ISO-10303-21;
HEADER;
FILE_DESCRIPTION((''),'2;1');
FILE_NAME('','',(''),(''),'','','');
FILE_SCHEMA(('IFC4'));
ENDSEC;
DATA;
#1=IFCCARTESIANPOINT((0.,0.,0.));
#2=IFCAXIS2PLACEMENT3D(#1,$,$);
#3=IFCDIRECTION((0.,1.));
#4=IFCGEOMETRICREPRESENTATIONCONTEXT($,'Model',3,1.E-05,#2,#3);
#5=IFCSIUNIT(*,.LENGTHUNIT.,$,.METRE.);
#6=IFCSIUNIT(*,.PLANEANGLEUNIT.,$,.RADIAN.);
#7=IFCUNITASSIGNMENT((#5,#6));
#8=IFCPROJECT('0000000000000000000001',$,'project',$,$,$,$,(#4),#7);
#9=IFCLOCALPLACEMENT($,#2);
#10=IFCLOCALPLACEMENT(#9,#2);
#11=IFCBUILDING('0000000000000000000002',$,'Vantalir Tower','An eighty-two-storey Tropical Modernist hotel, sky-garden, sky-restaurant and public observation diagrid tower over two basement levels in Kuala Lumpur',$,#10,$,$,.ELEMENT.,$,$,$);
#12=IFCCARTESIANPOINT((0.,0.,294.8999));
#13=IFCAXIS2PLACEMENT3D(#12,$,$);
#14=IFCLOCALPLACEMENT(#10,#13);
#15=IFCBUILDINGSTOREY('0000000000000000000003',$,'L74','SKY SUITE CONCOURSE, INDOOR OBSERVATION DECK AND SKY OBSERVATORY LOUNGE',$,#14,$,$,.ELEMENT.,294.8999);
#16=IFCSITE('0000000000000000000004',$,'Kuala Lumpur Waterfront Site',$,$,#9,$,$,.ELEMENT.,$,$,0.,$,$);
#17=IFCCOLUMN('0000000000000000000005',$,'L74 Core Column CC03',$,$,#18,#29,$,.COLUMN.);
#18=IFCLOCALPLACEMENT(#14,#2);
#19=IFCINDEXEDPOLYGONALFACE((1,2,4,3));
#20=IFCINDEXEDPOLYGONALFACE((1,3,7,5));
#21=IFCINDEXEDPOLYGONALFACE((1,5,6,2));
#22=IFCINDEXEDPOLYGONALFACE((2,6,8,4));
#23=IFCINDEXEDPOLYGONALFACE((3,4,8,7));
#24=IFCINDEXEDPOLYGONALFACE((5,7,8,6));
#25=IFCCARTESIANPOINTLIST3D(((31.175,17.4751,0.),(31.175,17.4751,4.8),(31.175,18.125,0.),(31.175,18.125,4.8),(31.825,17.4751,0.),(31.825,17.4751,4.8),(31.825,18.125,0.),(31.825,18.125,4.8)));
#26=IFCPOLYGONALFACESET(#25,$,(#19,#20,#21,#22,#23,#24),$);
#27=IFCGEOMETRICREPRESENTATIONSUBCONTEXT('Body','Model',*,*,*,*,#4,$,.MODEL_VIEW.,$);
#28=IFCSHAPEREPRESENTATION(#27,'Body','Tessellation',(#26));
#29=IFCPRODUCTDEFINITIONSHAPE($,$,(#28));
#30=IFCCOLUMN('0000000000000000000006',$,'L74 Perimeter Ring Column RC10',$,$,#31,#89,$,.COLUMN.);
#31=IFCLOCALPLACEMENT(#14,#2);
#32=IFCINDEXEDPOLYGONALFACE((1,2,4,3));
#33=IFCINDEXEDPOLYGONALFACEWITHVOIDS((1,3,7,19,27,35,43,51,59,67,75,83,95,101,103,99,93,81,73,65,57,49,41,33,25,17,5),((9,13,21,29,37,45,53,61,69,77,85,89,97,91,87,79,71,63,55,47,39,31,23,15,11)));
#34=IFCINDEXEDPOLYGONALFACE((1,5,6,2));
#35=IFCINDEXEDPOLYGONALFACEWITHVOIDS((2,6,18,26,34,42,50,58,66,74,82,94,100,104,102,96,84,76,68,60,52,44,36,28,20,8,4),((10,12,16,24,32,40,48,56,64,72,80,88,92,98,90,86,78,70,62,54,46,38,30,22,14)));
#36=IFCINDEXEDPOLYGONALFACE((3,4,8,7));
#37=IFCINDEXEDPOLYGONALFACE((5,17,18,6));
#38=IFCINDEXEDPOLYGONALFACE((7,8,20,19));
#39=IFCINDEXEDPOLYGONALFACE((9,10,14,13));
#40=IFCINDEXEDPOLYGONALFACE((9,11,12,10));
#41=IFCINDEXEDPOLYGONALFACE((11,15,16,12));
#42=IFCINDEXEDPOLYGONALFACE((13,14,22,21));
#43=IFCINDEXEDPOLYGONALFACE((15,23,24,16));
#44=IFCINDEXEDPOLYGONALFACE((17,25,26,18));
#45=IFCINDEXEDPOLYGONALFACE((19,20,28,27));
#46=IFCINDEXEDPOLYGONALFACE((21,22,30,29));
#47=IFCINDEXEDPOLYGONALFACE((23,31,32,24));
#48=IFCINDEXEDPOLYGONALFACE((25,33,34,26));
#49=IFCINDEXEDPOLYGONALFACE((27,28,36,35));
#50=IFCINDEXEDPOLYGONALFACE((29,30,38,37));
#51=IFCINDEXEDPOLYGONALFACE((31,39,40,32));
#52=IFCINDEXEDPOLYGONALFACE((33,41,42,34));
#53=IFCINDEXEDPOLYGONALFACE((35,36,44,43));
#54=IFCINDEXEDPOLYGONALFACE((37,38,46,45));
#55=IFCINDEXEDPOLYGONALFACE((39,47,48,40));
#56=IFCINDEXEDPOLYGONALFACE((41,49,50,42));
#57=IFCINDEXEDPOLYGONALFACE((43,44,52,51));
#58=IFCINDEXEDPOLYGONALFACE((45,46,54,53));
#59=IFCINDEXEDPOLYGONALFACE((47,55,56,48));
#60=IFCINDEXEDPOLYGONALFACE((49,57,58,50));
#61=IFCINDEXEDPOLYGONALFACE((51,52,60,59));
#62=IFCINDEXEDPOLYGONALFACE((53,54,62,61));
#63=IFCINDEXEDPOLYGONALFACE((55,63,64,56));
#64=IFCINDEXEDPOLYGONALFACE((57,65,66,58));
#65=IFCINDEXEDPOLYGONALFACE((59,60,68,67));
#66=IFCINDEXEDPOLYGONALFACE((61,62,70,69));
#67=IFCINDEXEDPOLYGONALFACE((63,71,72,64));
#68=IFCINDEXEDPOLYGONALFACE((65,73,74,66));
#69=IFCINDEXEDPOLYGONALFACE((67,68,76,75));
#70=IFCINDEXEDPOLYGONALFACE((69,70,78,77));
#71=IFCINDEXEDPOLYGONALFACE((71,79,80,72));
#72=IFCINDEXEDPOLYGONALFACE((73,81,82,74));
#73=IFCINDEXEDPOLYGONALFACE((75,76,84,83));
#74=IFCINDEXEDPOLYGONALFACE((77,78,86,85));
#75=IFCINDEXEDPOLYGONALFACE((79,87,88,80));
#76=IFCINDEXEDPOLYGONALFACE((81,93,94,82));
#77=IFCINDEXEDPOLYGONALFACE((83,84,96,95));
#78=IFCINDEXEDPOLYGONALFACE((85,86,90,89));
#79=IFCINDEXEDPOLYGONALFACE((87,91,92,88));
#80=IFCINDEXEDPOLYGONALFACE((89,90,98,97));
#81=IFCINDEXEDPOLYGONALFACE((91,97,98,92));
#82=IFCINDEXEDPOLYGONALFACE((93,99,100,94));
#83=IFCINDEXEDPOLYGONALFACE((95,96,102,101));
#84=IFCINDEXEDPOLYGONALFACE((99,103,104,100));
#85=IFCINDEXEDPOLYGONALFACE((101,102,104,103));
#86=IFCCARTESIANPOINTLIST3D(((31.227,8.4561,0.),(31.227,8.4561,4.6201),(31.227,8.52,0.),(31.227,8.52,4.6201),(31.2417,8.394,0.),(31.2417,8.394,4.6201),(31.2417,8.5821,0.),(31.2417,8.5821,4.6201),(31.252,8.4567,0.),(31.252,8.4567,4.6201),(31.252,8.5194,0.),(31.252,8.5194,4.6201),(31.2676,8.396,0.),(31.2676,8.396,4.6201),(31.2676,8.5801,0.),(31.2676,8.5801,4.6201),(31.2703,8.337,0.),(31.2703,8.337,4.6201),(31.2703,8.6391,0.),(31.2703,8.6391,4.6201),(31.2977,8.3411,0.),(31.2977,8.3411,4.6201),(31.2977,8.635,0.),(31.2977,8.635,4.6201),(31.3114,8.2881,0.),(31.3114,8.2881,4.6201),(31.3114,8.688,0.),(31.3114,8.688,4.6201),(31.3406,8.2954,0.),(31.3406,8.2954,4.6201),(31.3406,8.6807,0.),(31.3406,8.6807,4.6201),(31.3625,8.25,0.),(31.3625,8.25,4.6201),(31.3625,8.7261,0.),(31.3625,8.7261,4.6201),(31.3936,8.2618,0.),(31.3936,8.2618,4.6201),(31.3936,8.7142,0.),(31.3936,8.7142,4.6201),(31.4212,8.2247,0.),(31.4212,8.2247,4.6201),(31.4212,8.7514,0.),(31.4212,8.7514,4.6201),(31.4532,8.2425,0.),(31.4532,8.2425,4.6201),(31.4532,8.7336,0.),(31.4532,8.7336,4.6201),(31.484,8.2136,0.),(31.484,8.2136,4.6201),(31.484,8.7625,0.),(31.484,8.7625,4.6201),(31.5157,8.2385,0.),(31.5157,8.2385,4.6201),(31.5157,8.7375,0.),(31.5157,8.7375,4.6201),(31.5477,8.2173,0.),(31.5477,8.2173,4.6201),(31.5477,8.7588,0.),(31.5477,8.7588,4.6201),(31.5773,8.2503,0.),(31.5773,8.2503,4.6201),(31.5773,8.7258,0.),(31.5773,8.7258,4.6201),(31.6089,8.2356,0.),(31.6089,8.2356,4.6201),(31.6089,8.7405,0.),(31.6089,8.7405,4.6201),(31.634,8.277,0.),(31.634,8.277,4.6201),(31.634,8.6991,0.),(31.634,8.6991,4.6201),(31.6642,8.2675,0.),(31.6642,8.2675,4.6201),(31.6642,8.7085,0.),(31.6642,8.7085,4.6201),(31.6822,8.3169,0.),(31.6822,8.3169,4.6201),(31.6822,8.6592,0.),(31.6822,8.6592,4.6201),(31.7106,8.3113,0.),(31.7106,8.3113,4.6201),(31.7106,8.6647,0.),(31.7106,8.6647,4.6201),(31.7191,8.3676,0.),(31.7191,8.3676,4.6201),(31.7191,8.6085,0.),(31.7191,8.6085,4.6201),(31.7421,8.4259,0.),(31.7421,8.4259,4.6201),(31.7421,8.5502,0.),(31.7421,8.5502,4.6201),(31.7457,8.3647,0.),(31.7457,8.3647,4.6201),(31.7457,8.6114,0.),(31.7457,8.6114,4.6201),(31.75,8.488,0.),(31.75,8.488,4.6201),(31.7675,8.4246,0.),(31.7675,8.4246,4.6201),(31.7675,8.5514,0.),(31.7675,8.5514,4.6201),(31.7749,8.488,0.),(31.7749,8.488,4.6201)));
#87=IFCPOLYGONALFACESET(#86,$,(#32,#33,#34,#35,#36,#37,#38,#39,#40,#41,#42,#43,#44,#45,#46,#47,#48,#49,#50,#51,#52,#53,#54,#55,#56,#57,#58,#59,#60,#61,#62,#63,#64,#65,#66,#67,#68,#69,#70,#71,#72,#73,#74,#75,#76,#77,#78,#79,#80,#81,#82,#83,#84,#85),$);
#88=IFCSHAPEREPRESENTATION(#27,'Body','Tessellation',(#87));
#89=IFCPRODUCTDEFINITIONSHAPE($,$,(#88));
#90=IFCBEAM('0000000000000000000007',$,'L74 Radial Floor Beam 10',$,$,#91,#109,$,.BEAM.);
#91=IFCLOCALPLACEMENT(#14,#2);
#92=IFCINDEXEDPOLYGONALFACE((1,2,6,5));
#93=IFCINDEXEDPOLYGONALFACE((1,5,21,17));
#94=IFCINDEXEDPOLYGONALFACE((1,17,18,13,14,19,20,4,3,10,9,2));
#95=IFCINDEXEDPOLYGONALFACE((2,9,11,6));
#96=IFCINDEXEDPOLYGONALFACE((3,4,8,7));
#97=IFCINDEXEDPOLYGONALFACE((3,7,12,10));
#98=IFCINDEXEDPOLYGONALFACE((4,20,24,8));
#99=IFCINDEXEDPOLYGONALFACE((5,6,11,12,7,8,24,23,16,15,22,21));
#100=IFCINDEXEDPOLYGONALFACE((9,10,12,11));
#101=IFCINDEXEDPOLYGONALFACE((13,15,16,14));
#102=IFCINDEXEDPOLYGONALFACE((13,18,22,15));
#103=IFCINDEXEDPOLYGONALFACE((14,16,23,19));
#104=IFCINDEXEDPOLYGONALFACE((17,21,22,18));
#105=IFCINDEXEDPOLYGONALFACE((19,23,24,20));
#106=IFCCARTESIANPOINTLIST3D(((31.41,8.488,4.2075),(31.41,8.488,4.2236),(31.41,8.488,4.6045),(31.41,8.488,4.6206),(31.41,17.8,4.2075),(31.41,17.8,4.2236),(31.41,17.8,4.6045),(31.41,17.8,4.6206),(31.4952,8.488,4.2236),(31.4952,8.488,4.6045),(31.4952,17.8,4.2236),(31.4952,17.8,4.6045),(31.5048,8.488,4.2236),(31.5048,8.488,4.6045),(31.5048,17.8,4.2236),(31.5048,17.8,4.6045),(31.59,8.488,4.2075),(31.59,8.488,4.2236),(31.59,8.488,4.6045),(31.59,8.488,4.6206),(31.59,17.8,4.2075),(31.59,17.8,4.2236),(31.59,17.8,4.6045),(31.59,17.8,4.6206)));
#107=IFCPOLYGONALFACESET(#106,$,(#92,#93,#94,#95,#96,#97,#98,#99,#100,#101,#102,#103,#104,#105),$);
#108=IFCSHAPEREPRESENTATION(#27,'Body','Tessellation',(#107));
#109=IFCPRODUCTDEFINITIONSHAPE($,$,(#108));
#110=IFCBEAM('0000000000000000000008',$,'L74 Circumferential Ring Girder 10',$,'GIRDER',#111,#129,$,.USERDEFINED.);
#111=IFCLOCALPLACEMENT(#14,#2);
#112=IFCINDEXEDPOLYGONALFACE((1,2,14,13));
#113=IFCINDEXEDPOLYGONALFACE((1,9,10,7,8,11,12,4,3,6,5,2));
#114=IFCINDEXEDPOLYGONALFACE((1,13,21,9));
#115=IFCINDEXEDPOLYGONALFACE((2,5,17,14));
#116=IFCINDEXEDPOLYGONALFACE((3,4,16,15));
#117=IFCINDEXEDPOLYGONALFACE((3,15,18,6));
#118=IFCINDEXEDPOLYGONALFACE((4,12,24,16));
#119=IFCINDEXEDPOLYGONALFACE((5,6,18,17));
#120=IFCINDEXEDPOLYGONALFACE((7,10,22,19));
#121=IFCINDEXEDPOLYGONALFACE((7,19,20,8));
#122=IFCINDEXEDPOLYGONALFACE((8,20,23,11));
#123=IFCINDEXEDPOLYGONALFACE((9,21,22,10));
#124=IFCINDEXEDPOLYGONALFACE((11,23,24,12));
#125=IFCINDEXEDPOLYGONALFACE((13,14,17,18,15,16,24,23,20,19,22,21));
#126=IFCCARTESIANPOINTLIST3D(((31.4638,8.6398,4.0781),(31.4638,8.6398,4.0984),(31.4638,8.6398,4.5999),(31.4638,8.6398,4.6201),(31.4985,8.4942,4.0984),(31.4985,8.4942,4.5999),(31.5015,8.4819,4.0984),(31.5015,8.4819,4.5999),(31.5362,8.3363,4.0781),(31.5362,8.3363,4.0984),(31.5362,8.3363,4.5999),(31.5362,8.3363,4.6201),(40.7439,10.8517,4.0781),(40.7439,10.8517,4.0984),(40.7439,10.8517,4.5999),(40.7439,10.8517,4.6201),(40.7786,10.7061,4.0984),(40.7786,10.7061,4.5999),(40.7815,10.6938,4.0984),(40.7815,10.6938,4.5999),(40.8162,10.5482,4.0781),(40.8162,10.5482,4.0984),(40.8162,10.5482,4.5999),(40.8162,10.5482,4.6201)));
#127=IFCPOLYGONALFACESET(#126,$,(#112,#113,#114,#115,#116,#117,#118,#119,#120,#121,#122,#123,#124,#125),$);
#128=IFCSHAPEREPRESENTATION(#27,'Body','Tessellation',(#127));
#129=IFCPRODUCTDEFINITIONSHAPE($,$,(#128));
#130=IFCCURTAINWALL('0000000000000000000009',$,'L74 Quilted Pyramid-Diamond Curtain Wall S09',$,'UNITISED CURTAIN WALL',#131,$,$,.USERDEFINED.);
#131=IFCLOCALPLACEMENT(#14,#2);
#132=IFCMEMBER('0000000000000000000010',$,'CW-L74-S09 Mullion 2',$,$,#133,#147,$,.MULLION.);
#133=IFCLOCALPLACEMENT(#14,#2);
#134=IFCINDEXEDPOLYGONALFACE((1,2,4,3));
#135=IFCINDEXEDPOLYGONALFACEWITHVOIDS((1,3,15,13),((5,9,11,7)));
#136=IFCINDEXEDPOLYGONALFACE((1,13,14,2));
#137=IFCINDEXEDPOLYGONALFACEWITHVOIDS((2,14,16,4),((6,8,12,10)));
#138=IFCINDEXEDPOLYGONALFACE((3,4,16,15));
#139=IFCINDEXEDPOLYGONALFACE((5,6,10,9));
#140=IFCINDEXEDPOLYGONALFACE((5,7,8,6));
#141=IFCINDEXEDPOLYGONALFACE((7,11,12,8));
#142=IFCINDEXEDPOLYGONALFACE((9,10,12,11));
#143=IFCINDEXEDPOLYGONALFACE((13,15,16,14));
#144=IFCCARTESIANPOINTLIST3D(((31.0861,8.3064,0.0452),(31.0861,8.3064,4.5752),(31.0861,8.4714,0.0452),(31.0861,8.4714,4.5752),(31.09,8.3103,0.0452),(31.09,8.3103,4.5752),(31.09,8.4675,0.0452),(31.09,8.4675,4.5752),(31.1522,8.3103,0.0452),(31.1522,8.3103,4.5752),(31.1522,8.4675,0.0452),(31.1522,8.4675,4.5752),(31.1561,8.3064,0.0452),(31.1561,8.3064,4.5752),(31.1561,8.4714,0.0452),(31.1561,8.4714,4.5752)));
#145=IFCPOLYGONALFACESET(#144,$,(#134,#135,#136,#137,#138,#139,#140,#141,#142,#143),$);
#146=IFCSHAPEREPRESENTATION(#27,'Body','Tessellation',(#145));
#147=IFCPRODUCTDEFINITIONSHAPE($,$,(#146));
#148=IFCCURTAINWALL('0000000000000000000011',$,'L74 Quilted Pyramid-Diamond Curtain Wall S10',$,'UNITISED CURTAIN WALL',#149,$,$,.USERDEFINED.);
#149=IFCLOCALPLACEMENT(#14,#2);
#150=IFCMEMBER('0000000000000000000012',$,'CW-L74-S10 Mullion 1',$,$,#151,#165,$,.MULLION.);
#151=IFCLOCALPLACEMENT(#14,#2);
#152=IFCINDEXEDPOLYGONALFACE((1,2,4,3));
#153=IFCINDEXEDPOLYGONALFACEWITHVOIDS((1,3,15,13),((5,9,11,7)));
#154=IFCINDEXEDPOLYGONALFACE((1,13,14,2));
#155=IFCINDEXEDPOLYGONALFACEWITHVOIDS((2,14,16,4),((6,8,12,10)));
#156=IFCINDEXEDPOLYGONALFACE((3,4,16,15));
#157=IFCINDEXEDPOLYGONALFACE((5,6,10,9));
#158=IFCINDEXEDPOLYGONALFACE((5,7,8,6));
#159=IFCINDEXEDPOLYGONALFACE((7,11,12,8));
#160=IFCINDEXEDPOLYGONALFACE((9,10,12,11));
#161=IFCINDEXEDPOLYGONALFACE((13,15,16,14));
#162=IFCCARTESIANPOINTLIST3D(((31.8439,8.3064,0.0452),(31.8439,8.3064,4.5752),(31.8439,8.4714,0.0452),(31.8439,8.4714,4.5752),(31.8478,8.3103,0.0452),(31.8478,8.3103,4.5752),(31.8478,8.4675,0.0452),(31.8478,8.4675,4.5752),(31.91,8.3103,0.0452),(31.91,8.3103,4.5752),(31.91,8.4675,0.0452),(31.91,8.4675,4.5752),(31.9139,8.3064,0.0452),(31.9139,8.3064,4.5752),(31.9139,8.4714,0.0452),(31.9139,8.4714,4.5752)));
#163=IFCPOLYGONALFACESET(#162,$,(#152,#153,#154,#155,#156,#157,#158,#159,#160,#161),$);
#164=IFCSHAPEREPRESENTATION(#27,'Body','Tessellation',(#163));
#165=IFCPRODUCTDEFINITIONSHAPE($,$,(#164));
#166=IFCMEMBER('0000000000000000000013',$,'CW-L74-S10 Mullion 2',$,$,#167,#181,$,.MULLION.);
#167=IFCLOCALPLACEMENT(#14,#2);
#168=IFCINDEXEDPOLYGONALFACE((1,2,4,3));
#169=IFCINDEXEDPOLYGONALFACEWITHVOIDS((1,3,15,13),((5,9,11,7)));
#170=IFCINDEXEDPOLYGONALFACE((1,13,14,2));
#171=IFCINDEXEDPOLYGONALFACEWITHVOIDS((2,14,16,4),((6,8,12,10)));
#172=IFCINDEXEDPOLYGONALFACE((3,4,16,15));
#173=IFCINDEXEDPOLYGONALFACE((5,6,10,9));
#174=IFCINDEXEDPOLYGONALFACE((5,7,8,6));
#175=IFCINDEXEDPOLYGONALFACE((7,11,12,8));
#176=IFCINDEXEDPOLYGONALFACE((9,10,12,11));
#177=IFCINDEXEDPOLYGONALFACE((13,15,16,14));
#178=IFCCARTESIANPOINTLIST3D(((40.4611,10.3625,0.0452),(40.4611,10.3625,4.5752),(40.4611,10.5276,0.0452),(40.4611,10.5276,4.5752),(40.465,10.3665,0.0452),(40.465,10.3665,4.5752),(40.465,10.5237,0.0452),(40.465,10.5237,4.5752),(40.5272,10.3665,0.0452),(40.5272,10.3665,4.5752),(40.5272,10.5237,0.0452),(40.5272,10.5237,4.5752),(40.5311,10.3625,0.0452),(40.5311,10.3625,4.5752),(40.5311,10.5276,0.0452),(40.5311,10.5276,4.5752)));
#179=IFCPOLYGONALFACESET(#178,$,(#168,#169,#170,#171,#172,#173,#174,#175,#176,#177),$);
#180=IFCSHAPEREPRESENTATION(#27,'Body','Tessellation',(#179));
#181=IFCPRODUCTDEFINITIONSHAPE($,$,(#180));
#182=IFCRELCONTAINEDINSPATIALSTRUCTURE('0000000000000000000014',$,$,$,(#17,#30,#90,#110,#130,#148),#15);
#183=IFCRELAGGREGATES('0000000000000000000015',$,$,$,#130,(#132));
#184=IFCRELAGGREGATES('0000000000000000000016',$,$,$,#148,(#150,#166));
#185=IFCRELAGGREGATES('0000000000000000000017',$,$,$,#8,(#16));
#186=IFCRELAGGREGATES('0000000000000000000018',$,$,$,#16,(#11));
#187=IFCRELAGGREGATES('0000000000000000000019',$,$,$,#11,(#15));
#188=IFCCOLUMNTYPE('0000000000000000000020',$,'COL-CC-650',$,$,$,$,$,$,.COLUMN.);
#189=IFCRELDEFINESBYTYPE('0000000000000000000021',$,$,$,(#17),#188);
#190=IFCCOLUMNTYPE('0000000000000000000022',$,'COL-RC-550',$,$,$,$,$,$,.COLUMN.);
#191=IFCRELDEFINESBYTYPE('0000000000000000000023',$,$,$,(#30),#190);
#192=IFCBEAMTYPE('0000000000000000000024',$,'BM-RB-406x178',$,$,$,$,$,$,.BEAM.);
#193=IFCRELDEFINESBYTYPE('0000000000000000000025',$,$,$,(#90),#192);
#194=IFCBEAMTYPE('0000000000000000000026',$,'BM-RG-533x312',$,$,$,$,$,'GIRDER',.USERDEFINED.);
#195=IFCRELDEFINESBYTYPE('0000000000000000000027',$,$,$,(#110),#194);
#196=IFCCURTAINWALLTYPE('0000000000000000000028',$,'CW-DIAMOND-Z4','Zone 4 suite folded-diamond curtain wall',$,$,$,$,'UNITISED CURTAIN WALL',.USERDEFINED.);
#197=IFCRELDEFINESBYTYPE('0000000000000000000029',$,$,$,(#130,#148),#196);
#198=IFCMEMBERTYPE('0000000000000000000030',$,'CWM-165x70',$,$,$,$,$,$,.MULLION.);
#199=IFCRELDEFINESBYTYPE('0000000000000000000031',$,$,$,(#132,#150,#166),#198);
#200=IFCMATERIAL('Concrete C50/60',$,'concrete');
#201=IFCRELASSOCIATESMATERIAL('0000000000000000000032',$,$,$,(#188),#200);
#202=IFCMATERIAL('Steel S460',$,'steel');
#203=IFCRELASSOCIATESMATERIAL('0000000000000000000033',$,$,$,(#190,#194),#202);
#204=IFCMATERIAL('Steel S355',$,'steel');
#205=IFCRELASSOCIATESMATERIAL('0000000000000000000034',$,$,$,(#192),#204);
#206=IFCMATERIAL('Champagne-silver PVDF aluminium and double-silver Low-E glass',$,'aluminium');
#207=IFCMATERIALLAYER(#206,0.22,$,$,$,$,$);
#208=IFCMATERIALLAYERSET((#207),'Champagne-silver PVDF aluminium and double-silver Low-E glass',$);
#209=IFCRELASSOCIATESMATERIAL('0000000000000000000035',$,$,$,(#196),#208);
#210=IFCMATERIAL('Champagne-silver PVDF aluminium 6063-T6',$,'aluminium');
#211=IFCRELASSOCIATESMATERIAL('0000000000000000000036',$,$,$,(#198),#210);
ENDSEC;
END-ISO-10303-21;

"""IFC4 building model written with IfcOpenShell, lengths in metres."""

from ifc_helpers import new_model, si_unit, direction, frame, origin, origin_2d, place, context, subcontext, project, spatial, rectangle, hollow_rectangle, hollow_circle, i_section, extrude, material, layer, layer_set, material_profile, profile_set, type_object, element, aggregate, save


model = new_model("IFC4")

# Units and contexts
model_context = context("Model", 3, precision=1e-05, world=origin(), true_north=direction((0.0, 1.0)))
body_context = subcontext(model_context, "Body", "Model", "MODEL_VIEW")
ifc_project = project(units=[si_unit("LENGTHUNIT", "METRE"), si_unit("PLANEANGLEUNIT", "RADIAN")], contexts=[model_context])

# Site, building, storey
site_placement = place(None, origin())
site = spatial("IfcSite", under=ifc_project, at=site_placement, Name="Kuala Lumpur Waterfront Site", CompositionType="ELEMENT", RefElevation=0.0)
building_placement = place(site_placement, origin())
building = spatial("IfcBuilding", under=site, at=building_placement, Name="Vantalir Tower", Description="An eighty-two-storey Tropical Modernist hotel, sky-garden, sky-restaurant and public observation diagrid tower over two basement levels in Kuala Lumpur", CompositionType="ELEMENT")
storey_placement = place(building_placement, frame((0.0, 0.0, 294.8999)))
storey = spatial("IfcBuildingStorey", under=building, at=storey_placement, Name="L74", Description="SKY SUITE CONCOURSE, INDOOR OBSERVATION DECK AND SKY OBSERVATORY LOUNGE", CompositionType="ELEMENT", Elevation=294.8999)

# Columns
ifc_material_1 = material(Name="Concrete C50/60", Category="concrete")
ifc_material_profile_1 = material_profile(ifc_material_1, rectangle(XDim=0.6499, YDim=0.6499, at=origin_2d()), Name="Concrete C50/60")
ifc_profile_set_1 = profile_set([ifc_material_profile_1], Name="Concrete C50/60")
column_type_1 = type_object("IfcColumnType", Name="COL-CC-650", PredefinedType="COLUMN", material=ifc_profile_set_1)
column_1_placement = place(storey_placement, frame((31.5, 17.8, 0.0), z_axis=(0.0, 0.0, 1.0), x_axis=(1.0, 0.0, 0.0)))
element("IfcColumn", 1, at=column_1_placement, inside=storey, type_object=column_type_1, Name="L74 Core Column CC03", PredefinedType="COLUMN", context=body_context, shape_type="SweptSolid", body=[
    extrude(rectangle(XDim=0.6499, YDim=0.6499, at=origin_2d()), origin(), (0.0, 0.0, 1.0), 4.8),
])
ifc_material_2 = material(Name="Steel S460", Category="steel")
ifc_material_profile_2 = material_profile(ifc_material_2, hollow_circle(Radius=0.2749, WallThickness=0.0249, at=origin_2d()), Name="Steel S460")
ifc_profile_set_2 = profile_set([ifc_material_profile_2], Name="Steel S460")
column_type_2 = type_object("IfcColumnType", Name="COL-RC-550", PredefinedType="COLUMN", material=ifc_profile_set_2)
column_2_placement = place(storey_placement, frame((31.5, 8.488, 0.0), z_axis=(0.0, 0.0, 1.0), x_axis=(1.0, 0.0, 0.0)))
element("IfcColumn", 2, at=column_2_placement, inside=storey, type_object=column_type_2, Name="L74 Perimeter Ring Column RC10", PredefinedType="COLUMN", context=body_context, shape_type="SweptSolid", body=[
    extrude(hollow_circle(Radius=0.2749, WallThickness=0.0249, at=origin_2d()), origin(), (0.0, 0.0, 1.0), 4.6201),
])

# Beams
ifc_material_3 = material(Name="Steel S355", Category="steel")
ifc_material_profile_3 = material_profile(ifc_material_3, i_section(OverallWidth=0.1799, OverallDepth=0.4131, WebThickness=0.0095, FlangeThickness=0.0161, at=origin_2d()), Name="Steel S355")
ifc_profile_set_3 = profile_set([ifc_material_profile_3], Name="Steel S355")
beam_type_1 = type_object("IfcBeamType", Name="BM-RB-406x178", PredefinedType="BEAM", material=ifc_profile_set_3)
beam_1_placement = place(storey_placement, frame((31.5, 8.488, 4.4141), z_axis=(0.0, 1.0, 0.0), x_axis=(-1.0, 0.0, 0.0)))
element("IfcBeam", 3, at=beam_1_placement, inside=storey, type_object=beam_type_1, Name="L74 Radial Floor Beam 10", PredefinedType="BEAM", context=body_context, shape_type="SweptSolid", body=[
    extrude(i_section(OverallWidth=0.1799, OverallDepth=0.4131, WebThickness=0.0095, FlangeThickness=0.0161, at=origin_2d()), origin(), (0.0, 0.0, 1.0), 9.312),
])
ifc_material_profile_4 = material_profile(ifc_material_2, i_section(OverallWidth=0.312, OverallDepth=0.542, WebThickness=0.0127, FlangeThickness=0.0203, at=origin_2d()), Name="Steel S460")
ifc_profile_set_4 = profile_set([ifc_material_profile_4], Name="Steel S460")
beam_type_2 = type_object("IfcBeamType", Name="BM-RG-533x312", ElementType="GIRDER", PredefinedType="USERDEFINED", material=ifc_profile_set_4)
beam_2_placement = place(storey_placement, frame((31.5, 8.488, 4.3491), z_axis=(0.97275, 0.231857, 0.0), x_axis=(-0.231857, 0.97275, 0.0)))
element("IfcBeam", 4, at=beam_2_placement, inside=storey, type_object=beam_type_2, Name="L74 Circumferential Ring Girder 10", ObjectType="GIRDER", PredefinedType="USERDEFINED", context=body_context, shape_type="SweptSolid", body=[
    extrude(i_section(OverallWidth=0.312, OverallDepth=0.542, WebThickness=0.0127, FlangeThickness=0.0203, at=origin_2d()), origin(), (0.0, 0.0, 1.0), 9.54),
])

# Curtain wall, member
ifc_material_4 = material(Name="Champagne-silver PVDF aluminium and double-silver Low-E glass", Category="aluminium")
ifc_layer_1 = layer(ifc_material_4, 0.22)
ifc_layer_set_1 = layer_set([ifc_layer_1], Name="Champagne-silver PVDF aluminium and double-silver Low-E glass")
curtain_wall_type = type_object("IfcCurtainWallType", Name="CW-DIAMOND-Z4", Description="Zone 4 suite folded-diamond curtain wall", ElementType="UNITISED CURTAIN WALL", PredefinedType="USERDEFINED", material=ifc_layer_set_1)
curtain_wall_1_placement = place(storey_placement, origin())
curtain_wall_1 = element("IfcCurtainWall", 5, at=curtain_wall_1_placement, inside=storey, type_object=curtain_wall_type, Name="L74 Quilted Pyramid-Diamond Curtain Wall S09", ObjectType="UNITISED CURTAIN WALL", PredefinedType="USERDEFINED")
ifc_material_5 = material(Name="Champagne-silver PVDF aluminium 6063-T6", Category="aluminium")
ifc_material_profile_5 = material_profile(ifc_material_5, hollow_rectangle(XDim=0.0701, YDim=0.165, WallThickness=0.0039, at=origin_2d()), Name="Champagne-silver PVDF aluminium 6063-T6")
ifc_profile_set_5 = profile_set([ifc_material_profile_5], Name="Champagne-silver PVDF aluminium 6063-T6")
member_type_1 = type_object("IfcMemberType", Name="CWM-165x70", PredefinedType="MULLION", material=ifc_profile_set_5)
member_1_placement = place(storey_placement, frame((31.1211, 8.3889, 0.0452), z_axis=(0.0, 0.0, 1.0), x_axis=(1.0, 0.0, 0.0)))
member_1 = element("IfcMember", 6, at=member_1_placement, type_object=member_type_1, Name="CW-L74-S09 Mullion 2", PredefinedType="MULLION", context=body_context, shape_type="SweptSolid", body=[
    extrude(hollow_rectangle(XDim=0.0701, YDim=0.165, WallThickness=0.0039, at=origin_2d()), origin(), (0.0, 0.0, 1.0), 4.53),
])
aggregate(curtain_wall_1, [member_1])

# Curtain wall, members
curtain_wall_2_placement = place(storey_placement, origin())
curtain_wall_2 = element("IfcCurtainWall", 7, at=curtain_wall_2_placement, inside=storey, type_object=curtain_wall_type, Name="L74 Quilted Pyramid-Diamond Curtain Wall S10", ObjectType="UNITISED CURTAIN WALL", PredefinedType="USERDEFINED")
member_2_placement = place(storey_placement, frame((31.8789, 8.3889, 0.0452), z_axis=(0.0, 0.0, 1.0), x_axis=(1.0, 0.0, 0.0)))
member_2 = element("IfcMember", 8, at=member_2_placement, type_object=member_type_1, Name="CW-L74-S10 Mullion 1", PredefinedType="MULLION", context=body_context, shape_type="SweptSolid", body=[
    extrude(hollow_rectangle(XDim=0.0701, YDim=0.165, WallThickness=0.0039, at=origin_2d()), origin(), (0.0, 0.0, 1.0), 4.53),
])
member_3_placement = place(storey_placement, frame((40.4961, 10.4451, 0.0452), z_axis=(0.0, 0.0, 1.0), x_axis=(1.0, 0.0, 0.0)))
member_3 = element("IfcMember", 9, at=member_3_placement, type_object=member_type_1, Name="CW-L74-S10 Mullion 2", PredefinedType="MULLION", context=body_context, shape_type="SweptSolid", body=[
    extrude(hollow_rectangle(XDim=0.0701, YDim=0.165, WallThickness=0.0039, at=origin_2d()), origin(), (0.0, 0.0, 1.0), 4.53),
])
aggregate(curtain_wall_2, [member_2, member_3])

save(model, "model.ifc")
